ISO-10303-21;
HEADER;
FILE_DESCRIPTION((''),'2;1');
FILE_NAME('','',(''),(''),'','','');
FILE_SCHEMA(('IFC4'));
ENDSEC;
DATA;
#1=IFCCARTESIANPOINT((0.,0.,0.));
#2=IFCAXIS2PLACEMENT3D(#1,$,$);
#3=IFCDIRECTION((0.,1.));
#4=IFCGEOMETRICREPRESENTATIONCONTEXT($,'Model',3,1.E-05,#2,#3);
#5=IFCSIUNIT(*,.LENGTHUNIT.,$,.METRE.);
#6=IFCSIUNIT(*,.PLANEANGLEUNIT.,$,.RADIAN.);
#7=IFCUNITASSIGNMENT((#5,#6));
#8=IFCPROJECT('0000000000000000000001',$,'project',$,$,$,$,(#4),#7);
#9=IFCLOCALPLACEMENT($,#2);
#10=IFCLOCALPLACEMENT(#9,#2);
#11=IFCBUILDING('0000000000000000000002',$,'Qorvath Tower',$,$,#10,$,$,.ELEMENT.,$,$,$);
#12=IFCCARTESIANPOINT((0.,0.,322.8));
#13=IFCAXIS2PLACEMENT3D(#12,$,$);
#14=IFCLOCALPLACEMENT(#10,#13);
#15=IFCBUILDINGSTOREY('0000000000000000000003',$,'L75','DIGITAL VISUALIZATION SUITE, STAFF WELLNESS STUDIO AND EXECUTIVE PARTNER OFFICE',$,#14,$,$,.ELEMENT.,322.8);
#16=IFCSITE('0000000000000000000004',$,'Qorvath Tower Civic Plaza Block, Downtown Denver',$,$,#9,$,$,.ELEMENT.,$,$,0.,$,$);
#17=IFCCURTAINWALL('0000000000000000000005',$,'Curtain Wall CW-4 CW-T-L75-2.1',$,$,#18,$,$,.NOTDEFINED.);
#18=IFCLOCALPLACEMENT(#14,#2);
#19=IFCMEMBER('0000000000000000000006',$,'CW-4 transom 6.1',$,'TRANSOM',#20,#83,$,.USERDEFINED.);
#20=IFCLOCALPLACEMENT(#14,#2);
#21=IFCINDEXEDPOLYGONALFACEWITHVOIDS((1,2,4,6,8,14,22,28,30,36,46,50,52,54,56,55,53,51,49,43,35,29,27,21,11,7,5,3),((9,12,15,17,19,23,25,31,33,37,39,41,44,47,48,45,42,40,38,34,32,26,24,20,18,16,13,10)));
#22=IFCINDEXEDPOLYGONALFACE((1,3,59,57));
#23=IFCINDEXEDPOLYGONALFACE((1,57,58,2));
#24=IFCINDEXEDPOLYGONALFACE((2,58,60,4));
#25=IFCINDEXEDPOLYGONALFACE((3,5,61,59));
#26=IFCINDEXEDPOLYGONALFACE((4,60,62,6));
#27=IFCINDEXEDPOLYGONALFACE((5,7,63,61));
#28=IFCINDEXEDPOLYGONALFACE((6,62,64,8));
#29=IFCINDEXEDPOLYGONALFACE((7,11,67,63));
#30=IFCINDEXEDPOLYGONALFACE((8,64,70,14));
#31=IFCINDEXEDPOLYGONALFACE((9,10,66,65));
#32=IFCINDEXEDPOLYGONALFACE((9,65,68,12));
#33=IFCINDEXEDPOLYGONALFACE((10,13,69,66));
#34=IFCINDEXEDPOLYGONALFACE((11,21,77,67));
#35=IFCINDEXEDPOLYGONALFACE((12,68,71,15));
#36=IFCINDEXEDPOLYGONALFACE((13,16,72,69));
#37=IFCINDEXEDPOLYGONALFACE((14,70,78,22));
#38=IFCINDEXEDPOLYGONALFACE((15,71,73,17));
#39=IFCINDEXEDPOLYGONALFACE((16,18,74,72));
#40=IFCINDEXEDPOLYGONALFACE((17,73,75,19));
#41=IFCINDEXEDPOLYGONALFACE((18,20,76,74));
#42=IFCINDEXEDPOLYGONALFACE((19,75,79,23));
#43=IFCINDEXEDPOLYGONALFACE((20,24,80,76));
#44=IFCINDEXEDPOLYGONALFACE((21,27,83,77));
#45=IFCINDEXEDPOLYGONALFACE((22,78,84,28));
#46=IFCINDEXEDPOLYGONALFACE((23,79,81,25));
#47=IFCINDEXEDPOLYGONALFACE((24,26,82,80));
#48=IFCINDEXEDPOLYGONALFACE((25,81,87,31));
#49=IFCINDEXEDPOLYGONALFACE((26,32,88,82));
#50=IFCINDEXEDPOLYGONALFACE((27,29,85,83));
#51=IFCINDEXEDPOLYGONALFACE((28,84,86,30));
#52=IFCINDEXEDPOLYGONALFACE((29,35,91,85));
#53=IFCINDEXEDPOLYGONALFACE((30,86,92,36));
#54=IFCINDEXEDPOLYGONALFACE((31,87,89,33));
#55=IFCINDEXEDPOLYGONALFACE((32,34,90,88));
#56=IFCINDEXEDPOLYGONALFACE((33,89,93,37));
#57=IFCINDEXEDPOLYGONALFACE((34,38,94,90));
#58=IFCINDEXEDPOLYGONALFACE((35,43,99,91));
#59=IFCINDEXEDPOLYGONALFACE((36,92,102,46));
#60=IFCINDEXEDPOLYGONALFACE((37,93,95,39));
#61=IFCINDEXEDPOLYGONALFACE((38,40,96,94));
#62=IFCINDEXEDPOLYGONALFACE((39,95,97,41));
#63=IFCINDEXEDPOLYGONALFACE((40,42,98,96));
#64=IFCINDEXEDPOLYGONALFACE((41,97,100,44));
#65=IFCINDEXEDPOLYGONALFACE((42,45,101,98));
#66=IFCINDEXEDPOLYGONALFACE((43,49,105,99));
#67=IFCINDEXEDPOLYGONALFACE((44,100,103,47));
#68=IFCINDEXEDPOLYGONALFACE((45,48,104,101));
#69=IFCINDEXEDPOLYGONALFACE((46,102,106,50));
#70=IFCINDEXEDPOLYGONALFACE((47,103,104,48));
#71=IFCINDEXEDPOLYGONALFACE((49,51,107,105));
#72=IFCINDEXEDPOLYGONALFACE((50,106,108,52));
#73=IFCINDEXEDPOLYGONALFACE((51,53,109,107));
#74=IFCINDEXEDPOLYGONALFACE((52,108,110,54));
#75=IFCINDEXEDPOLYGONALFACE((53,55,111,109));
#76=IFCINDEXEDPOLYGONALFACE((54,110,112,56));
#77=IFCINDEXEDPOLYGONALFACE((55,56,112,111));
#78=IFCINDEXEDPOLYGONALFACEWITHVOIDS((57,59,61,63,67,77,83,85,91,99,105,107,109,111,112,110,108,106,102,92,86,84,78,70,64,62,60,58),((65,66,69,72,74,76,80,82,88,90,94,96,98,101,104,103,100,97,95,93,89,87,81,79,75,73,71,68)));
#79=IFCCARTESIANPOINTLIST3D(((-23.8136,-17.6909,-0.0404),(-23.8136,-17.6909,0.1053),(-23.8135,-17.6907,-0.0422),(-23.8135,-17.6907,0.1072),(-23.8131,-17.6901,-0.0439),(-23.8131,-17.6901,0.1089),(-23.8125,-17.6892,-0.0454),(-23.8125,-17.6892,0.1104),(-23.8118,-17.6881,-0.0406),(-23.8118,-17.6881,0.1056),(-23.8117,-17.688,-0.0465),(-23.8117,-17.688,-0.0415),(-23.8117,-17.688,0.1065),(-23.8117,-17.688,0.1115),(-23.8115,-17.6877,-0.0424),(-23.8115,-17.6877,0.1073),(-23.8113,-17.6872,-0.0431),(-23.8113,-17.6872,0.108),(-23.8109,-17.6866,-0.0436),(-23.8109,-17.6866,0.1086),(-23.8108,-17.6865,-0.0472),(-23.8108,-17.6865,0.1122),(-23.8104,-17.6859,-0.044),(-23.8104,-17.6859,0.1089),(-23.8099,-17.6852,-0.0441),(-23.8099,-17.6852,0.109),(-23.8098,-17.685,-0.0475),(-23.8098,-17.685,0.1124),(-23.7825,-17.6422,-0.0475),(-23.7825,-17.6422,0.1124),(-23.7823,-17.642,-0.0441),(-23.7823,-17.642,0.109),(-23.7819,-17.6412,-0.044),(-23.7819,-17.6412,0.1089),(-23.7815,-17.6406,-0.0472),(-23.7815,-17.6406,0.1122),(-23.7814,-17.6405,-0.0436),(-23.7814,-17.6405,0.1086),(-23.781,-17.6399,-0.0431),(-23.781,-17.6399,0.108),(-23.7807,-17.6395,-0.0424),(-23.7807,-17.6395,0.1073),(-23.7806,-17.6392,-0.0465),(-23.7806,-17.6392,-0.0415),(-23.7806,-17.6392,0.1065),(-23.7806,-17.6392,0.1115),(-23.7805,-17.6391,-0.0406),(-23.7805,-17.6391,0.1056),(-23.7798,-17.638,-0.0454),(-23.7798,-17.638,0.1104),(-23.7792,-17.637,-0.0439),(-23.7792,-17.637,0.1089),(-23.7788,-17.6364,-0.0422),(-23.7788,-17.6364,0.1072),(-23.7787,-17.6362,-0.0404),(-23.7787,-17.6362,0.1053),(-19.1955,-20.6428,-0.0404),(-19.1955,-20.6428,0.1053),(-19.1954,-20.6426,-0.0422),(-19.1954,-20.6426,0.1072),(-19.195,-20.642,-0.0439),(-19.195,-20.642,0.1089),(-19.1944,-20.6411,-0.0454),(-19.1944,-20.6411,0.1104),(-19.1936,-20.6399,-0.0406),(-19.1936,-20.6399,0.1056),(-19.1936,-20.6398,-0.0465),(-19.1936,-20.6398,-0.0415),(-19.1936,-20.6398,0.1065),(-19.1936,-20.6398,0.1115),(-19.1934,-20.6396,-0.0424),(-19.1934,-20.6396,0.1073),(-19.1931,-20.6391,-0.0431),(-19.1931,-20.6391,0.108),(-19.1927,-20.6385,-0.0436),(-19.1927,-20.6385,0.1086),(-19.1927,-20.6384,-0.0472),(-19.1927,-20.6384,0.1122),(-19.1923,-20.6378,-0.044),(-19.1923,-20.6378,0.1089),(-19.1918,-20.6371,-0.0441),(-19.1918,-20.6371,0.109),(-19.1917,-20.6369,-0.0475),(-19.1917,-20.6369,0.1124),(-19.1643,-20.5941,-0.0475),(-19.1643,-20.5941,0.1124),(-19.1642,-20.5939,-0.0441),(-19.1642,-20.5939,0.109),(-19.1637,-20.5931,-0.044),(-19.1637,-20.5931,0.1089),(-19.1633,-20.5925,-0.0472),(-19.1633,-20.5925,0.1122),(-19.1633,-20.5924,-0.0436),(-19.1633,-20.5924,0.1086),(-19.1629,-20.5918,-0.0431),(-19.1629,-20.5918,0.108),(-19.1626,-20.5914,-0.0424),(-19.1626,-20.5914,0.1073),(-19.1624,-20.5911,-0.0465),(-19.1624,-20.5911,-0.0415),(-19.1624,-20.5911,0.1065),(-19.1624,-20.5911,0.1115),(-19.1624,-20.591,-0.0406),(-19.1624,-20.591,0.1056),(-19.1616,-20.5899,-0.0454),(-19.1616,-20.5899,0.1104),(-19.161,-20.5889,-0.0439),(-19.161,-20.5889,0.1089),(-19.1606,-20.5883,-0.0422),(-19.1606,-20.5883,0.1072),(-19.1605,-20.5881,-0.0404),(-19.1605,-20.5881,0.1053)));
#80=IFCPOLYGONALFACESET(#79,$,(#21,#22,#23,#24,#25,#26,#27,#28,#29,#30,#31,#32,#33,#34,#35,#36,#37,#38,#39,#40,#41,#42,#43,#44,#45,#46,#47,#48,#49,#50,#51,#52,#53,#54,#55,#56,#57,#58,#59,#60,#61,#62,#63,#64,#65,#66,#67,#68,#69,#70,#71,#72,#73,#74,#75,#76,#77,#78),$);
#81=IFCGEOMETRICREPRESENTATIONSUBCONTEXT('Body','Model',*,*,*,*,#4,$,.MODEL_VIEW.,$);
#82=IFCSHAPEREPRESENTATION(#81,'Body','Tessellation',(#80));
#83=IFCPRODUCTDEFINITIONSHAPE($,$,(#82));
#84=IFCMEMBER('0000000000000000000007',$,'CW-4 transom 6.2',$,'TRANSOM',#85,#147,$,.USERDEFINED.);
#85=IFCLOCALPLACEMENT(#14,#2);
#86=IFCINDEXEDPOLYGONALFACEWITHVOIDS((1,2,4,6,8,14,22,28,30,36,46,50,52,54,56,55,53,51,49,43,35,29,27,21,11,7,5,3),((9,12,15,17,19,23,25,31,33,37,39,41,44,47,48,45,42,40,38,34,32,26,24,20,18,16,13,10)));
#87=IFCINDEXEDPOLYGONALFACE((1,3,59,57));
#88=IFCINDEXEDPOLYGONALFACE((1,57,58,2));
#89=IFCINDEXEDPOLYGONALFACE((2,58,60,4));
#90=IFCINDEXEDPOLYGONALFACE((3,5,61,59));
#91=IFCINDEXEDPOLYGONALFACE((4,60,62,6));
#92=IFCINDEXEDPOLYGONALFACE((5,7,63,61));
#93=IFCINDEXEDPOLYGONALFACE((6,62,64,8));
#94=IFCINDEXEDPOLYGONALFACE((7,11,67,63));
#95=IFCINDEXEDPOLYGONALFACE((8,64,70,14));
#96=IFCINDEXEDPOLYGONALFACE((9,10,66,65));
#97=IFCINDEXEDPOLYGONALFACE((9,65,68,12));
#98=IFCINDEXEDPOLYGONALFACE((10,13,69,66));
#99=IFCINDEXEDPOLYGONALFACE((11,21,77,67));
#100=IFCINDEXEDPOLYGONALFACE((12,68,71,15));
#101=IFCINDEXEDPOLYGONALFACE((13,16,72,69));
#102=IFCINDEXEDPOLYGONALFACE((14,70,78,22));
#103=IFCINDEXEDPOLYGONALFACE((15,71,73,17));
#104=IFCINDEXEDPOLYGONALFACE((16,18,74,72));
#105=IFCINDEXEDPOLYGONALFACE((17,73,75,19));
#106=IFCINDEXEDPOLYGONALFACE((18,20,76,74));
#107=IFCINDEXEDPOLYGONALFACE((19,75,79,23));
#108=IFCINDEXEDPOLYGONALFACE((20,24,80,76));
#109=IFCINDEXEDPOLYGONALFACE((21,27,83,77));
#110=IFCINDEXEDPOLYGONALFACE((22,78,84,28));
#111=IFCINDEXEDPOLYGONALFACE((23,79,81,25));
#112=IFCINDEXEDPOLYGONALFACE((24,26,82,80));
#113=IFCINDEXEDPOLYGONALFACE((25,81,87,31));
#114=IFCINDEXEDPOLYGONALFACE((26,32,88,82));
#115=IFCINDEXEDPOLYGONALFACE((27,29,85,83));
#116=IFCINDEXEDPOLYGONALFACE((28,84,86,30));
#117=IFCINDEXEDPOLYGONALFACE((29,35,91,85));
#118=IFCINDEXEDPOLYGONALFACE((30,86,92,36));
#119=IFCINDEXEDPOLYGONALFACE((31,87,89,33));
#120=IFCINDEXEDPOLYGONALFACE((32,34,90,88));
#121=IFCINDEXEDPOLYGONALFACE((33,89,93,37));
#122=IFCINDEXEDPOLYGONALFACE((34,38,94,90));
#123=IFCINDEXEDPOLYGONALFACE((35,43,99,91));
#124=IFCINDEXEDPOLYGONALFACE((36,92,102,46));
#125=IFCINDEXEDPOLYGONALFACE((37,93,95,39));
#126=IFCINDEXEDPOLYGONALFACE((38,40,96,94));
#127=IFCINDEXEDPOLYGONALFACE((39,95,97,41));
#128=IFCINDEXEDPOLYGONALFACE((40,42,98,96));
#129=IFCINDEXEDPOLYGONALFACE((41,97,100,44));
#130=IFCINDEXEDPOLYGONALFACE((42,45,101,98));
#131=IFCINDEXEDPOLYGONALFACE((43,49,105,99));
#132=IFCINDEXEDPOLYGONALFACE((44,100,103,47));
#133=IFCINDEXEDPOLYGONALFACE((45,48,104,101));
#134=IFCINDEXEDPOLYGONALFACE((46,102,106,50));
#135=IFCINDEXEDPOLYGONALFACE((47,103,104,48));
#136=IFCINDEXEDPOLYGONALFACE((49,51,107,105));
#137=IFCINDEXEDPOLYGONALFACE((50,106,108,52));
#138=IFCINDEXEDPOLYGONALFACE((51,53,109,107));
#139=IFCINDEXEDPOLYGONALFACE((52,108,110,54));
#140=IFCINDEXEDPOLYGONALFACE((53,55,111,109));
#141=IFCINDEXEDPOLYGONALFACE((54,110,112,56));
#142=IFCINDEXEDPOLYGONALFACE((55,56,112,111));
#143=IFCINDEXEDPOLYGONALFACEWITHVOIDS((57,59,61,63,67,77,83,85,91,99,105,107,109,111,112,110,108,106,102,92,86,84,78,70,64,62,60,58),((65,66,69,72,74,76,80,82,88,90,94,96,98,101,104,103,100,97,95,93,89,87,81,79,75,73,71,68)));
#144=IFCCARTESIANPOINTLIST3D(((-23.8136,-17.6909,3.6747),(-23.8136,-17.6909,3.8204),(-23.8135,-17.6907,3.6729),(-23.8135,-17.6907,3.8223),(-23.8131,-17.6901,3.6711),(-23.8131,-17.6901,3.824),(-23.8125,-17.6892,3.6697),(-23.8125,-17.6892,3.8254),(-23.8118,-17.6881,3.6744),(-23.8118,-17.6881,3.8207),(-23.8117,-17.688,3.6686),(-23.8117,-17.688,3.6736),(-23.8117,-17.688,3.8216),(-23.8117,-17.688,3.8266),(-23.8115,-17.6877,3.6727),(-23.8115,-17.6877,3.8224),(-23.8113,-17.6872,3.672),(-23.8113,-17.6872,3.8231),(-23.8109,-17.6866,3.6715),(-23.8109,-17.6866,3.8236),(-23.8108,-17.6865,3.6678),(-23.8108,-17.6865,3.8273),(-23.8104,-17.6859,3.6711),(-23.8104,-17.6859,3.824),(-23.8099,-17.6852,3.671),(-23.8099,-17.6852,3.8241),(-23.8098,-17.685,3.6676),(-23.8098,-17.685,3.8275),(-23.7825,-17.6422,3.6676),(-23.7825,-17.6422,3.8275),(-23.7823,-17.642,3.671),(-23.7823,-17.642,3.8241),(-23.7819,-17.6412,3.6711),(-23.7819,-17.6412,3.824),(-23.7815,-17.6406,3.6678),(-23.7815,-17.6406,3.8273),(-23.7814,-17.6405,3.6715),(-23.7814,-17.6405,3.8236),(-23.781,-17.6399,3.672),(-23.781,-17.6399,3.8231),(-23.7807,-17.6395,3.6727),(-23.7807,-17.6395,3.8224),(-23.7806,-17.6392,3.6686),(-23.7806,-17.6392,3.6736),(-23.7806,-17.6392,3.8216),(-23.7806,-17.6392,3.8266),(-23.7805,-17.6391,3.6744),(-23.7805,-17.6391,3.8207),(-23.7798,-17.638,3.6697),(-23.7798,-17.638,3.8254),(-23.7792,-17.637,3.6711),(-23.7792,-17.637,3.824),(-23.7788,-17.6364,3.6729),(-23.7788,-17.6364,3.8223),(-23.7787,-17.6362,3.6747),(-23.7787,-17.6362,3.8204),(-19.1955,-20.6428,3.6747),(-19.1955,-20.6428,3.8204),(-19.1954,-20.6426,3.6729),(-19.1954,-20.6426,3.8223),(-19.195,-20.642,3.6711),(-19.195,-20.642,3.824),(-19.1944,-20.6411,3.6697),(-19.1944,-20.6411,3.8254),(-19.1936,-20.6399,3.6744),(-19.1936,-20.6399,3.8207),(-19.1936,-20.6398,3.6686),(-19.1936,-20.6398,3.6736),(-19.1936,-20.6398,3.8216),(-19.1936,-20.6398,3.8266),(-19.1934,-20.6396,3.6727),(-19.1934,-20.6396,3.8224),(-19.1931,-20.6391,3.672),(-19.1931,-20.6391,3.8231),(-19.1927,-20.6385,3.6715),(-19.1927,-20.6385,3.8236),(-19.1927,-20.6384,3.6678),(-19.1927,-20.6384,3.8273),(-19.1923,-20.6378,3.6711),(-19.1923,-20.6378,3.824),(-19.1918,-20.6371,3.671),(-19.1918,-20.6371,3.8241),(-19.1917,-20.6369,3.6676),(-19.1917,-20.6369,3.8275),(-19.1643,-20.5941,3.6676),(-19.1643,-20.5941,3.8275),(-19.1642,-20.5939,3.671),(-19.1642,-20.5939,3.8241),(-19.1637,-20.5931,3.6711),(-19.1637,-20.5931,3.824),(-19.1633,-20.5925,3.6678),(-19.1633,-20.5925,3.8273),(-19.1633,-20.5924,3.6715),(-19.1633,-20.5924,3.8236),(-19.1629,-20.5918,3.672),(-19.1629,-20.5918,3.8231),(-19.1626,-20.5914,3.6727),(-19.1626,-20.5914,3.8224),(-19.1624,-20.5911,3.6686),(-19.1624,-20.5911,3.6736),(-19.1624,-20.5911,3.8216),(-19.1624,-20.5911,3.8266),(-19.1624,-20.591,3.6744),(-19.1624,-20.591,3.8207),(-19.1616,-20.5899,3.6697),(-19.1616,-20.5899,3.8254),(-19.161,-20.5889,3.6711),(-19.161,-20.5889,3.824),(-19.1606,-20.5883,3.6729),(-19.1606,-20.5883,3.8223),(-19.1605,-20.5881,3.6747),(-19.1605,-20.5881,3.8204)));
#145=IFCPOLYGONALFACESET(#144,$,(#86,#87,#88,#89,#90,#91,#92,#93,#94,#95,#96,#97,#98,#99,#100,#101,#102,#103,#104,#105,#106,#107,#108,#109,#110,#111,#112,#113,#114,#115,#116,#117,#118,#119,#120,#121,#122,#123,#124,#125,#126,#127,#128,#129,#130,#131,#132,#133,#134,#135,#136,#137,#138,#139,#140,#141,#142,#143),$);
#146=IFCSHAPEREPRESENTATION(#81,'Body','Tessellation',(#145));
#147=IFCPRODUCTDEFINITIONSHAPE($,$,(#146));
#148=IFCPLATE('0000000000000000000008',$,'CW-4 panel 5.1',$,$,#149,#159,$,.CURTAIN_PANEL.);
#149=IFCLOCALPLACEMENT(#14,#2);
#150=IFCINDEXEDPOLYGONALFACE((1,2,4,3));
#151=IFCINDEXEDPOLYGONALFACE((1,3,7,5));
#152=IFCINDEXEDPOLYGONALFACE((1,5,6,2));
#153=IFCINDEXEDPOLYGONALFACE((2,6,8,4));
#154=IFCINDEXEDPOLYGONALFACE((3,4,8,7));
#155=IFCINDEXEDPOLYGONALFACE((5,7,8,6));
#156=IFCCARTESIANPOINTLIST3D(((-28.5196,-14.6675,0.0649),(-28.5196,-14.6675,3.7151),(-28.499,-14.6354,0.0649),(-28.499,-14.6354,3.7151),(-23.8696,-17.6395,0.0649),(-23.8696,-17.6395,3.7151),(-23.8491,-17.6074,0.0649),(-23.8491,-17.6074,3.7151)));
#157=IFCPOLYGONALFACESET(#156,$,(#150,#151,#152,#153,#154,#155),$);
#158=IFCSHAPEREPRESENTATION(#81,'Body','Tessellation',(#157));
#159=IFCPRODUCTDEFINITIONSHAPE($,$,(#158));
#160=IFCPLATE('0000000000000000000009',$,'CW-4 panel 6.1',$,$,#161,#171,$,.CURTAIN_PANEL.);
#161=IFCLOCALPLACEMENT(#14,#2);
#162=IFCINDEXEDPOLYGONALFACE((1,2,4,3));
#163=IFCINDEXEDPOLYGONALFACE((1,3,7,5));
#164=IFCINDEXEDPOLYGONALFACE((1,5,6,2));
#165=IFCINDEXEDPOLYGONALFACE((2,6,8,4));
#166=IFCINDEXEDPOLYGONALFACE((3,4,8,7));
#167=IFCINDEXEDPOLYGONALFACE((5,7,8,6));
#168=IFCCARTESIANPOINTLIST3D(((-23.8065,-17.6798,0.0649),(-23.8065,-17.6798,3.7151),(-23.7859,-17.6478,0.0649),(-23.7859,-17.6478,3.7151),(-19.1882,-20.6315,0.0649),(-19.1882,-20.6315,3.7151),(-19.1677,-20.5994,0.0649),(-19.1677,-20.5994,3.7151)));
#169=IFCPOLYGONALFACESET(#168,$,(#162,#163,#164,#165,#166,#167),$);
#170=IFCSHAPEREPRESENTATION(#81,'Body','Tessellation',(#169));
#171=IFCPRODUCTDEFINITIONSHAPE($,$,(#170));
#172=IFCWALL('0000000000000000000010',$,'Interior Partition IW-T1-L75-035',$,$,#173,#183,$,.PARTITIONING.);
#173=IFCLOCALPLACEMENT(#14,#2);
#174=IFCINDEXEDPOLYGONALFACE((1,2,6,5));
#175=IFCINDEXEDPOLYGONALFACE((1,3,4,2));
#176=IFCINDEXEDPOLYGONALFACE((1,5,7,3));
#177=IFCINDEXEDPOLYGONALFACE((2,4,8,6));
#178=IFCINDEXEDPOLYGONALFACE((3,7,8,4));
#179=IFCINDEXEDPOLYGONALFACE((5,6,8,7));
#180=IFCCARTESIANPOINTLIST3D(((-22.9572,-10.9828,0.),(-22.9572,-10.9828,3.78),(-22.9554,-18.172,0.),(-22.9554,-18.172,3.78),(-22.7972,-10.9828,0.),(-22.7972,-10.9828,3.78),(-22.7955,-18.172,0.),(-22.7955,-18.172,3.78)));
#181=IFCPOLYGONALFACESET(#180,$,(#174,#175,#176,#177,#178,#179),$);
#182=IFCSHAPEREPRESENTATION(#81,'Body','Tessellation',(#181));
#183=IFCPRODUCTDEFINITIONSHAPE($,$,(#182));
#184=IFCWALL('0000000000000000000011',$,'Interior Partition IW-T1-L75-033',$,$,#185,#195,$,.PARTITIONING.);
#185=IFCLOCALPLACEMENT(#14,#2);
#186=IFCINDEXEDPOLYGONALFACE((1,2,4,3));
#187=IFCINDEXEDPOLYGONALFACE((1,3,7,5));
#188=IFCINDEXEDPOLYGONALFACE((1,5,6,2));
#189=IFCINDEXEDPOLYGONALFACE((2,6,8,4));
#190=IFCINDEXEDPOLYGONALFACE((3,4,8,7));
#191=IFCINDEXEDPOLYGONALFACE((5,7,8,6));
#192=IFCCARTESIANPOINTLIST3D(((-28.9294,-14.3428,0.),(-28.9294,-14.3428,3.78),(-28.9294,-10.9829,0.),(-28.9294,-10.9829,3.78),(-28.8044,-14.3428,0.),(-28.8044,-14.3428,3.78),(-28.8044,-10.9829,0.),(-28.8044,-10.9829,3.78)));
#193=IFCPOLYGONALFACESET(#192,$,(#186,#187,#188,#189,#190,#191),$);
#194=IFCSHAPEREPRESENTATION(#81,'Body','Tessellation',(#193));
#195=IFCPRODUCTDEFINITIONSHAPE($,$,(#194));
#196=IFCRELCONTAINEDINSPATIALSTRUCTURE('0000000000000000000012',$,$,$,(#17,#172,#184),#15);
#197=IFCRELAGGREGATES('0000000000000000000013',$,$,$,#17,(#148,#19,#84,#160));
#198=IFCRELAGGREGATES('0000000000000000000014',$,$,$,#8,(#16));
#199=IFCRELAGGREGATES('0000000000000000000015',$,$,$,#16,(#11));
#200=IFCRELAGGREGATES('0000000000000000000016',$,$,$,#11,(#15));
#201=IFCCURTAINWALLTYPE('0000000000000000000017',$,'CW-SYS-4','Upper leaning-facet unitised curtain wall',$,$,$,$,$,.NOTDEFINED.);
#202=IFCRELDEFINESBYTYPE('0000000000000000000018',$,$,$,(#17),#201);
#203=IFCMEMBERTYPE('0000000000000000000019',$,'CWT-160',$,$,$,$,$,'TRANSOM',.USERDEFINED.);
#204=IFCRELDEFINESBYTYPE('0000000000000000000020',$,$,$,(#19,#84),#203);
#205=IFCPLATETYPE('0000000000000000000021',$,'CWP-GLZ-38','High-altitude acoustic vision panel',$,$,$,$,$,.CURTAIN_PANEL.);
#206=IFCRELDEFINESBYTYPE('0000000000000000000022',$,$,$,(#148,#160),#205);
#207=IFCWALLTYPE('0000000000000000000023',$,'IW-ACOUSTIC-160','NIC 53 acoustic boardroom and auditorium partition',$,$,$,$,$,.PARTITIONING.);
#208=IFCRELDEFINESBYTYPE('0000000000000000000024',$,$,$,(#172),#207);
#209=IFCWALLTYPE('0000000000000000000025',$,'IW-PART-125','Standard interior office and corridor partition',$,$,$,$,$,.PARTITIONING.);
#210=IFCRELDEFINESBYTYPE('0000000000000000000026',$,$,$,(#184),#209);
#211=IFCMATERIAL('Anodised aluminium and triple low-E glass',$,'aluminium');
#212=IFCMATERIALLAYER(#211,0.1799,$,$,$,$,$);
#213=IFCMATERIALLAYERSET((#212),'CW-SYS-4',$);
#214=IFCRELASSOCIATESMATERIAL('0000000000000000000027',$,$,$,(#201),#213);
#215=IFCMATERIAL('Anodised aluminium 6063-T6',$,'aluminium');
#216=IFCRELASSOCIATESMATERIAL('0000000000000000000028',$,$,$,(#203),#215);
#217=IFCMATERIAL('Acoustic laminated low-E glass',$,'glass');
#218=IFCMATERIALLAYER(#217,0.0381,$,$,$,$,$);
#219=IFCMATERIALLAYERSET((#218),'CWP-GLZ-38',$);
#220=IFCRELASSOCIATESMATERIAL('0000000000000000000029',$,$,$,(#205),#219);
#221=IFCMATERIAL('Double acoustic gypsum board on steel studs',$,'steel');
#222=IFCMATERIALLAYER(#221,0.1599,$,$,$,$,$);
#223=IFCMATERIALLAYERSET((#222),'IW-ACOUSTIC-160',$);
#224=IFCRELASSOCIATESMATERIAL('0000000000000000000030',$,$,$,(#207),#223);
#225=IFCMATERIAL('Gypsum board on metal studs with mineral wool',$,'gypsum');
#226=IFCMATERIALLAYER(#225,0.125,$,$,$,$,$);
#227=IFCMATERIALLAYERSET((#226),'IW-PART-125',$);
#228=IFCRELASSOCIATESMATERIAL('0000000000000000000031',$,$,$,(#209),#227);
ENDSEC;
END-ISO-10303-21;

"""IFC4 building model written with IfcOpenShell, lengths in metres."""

from ifc_helpers import new_model, si_unit, direction, frame, frame_2d, origin, origin_2d, place, context, subcontext, project, spatial, rectangle, hollow_rectangle, extrude, material, layer, layer_set, material_profile, profile_set, type_object, element, aggregate, save


model = new_model("IFC4")

# Units and contexts
model_context = context("Model", 3, precision=1e-05, world=origin(), true_north=direction((0.0, 1.0)))
body_context = subcontext(model_context, "Body", "Model", "MODEL_VIEW")
ifc_project = project(units=[si_unit("LENGTHUNIT", "METRE"), si_unit("PLANEANGLEUNIT", "RADIAN")], contexts=[model_context])

# Site, building, storey
site_placement = place(None, origin())
site = spatial("IfcSite", under=ifc_project, at=site_placement, Name="Qorvath Tower Civic Plaza Block, Downtown Denver", CompositionType="ELEMENT", RefElevation=0.0)
building_placement = place(site_placement, origin())
building = spatial("IfcBuilding", under=site, at=building_placement, Name="Qorvath Tower", CompositionType="ELEMENT")
storey_placement = place(building_placement, frame((0.0, 0.0, 322.8)))
storey = spatial("IfcBuildingStorey", under=building, at=storey_placement, Name="L75", Description="DIGITAL VISUALIZATION SUITE, STAFF WELLNESS STUDIO AND EXECUTIVE PARTNER OFFICE", CompositionType="ELEMENT", Elevation=322.8)

# Curtain wall, members, plates
ifc_material_1 = material(Name="Anodised aluminium and triple low-E glass", Category="aluminium")
ifc_layer_1 = layer(ifc_material_1, 0.1799)
ifc_layer_set_1 = layer_set([ifc_layer_1], Name="CW-SYS-4")
curtain_wall_type = type_object("IfcCurtainWallType", Name="CW-SYS-4", Description="Upper leaning-facet unitised curtain wall", PredefinedType="NOTDEFINED", material=ifc_layer_set_1)
curtain_wall_placement = place(storey_placement, origin())
curtain_wall = element("IfcCurtainWall", 1, at=curtain_wall_placement, inside=storey, type_object=curtain_wall_type, Name="Curtain Wall CW-4 CW-T-L75-2.1", PredefinedType="NOTDEFINED")
ifc_material_2 = material(Name="Anodised aluminium 6063-T6", Category="aluminium")
ifc_material_profile_1 = material_profile(ifc_material_2, hollow_rectangle(XDim=0.0649, YDim=0.1599, WallThickness=0.0034, InnerFilletRadius=0.0034, OuterFilletRadius=0.0071, at=origin_2d()), Name="CWT 160x65")
ifc_profile_set_1 = profile_set([ifc_material_profile_1], Name="Anodised aluminium 6063-T6")
member_type_1 = type_object("IfcMemberType", Name="CWT-160", ElementType="TRANSOM", PredefinedType="USERDEFINED", material=ifc_profile_set_1)
member_1_placement = place(storey_placement, frame((-23.7961, -17.6636, 0.0325), z_axis=(0.842579, -0.538572, 0.0), x_axis=(0.538572, 0.842579, 0.0)))
member_1 = element("IfcMember", 2, at=member_1_placement, type_object=member_type_1, Name="CW-4 transom 6.1", ObjectType="TRANSOM", PredefinedType="USERDEFINED", context=body_context, shape_type="SweptSolid", body=[
    extrude(hollow_rectangle(XDim=0.0649, YDim=0.1599, WallThickness=0.0034, InnerFilletRadius=0.0034, OuterFilletRadius=0.0071, at=origin_2d()), origin(), (0.0, 0.0, 1.0), 5.481),
])
member_2_placement = place(storey_placement, frame((-23.7961, -17.6636, 3.7476), z_axis=(0.842579, -0.538572, 0.0), x_axis=(0.538572, 0.842579, 0.0)))
member_2 = element("IfcMember", 3, at=member_2_placement, type_object=member_type_1, Name="CW-4 transom 6.2", ObjectType="TRANSOM", PredefinedType="USERDEFINED", context=body_context, shape_type="SweptSolid", body=[
    extrude(hollow_rectangle(XDim=0.0649, YDim=0.1599, WallThickness=0.0034, InnerFilletRadius=0.0034, OuterFilletRadius=0.0071, at=origin_2d()), origin(), (0.0, 0.0, 1.0), 5.481),
])
ifc_material_3 = material(Name="Acoustic laminated low-E glass", Category="glass")
ifc_layer_2 = layer(ifc_material_3, 0.0381)
ifc_layer_set_2 = layer_set([ifc_layer_2], Name="CWP-GLZ-38")
plate_type = type_object("IfcPlateType", Name="CWP-GLZ-38", Description="High-altitude acoustic vision panel", PredefinedType="CURTAIN_PANEL", material=ifc_layer_set_2)
plate_1_placement = place(storey_placement, frame((-26.1843, -16.1375, 0.0649), z_axis=(0.0, 0.0, 1.0), x_axis=(0.842603, -0.538536, 0.0)))
plate_1 = element("IfcPlate", 4, at=plate_1_placement, type_object=plate_type, Name="CW-4 panel 5.1", PredefinedType="CURTAIN_PANEL", context=body_context, shape_type="SweptSolid", body=[
    extrude(rectangle(XDim=5.5186, YDim=0.0381, at=origin_2d()), origin(), (0.0, 0.0, 1.0), 3.6501),
])
plate_2_placement = place(storey_placement, frame((-21.4871, -19.1396, 0.0649), z_axis=(0.0, 0.0, 1.0), x_axis=(0.842603, -0.538536, 0.0)))
plate_2 = element("IfcPlate", 5, at=plate_2_placement, type_object=plate_type, Name="CW-4 panel 6.1", PredefinedType="CURTAIN_PANEL", context=body_context, shape_type="SweptSolid", body=[
    extrude(rectangle(XDim=5.481, YDim=0.0381, at=origin_2d()), origin(), (0.0, 0.0, 1.0), 3.6501),
])
aggregate(curtain_wall, [plate_1, member_1, member_2, plate_2])

# Shared definitions
ifc_material_4 = material(Name="Double acoustic gypsum board on steel studs", Category="steel")
ifc_layer_3 = layer(ifc_material_4, 0.1599)
ifc_layer_set_3 = layer_set([ifc_layer_3], Name="IW-ACOUSTIC-160")
wall_type_1 = type_object("IfcWallType", Name="IW-ACOUSTIC-160", Description="NIC 53 acoustic boardroom and auditorium partition", PredefinedType="PARTITIONING", material=ifc_layer_set_3)

# Wall
wall_1_placement = place(storey_placement, frame((-22.8755, -18.1721, 0.0), z_axis=(0.0, 0.0, 1.0), x_axis=(-0.000238, 1.0, 0.0)))
element("IfcWall", 6, at=wall_1_placement, inside=storey, type_object=wall_type_1, Name="Interior Partition IW-T1-L75-035", PredefinedType="PARTITIONING", context=body_context, shape_type="SweptSolid", body=[
    extrude(rectangle(XDim=7.1892, YDim=0.1599, at=frame_2d((3.5947, 0.0))), origin(), (0.0, 0.0, 1.0), 3.78),
])

# Shared definitions
ifc_material_5 = material(Name="Gypsum board on metal studs with mineral wool", Category="gypsum")
ifc_layer_4 = layer(ifc_material_5, 0.125)
ifc_layer_set_4 = layer_set([ifc_layer_4], Name="IW-PART-125")
wall_type_2 = type_object("IfcWallType", Name="IW-PART-125", Description="Standard interior office and corridor partition", PredefinedType="PARTITIONING", material=ifc_layer_set_4)

# Wall
wall_2_placement = place(storey_placement, frame((-28.8669, -14.3428, 0.0), z_axis=(0.0, 0.0, 1.0), x_axis=(0.0, 1.0, 0.0)))
element("IfcWall", 7, at=wall_2_placement, inside=storey, type_object=wall_type_2, Name="Interior Partition IW-T1-L75-033", PredefinedType="PARTITIONING", context=body_context, shape_type="SweptSolid", body=[
    extrude(rectangle(XDim=3.3599, YDim=0.125, at=frame_2d((1.6799, 0.0))), origin(), (0.0, 0.0, 1.0), 3.78),
])

save(model, "model.ifc")
